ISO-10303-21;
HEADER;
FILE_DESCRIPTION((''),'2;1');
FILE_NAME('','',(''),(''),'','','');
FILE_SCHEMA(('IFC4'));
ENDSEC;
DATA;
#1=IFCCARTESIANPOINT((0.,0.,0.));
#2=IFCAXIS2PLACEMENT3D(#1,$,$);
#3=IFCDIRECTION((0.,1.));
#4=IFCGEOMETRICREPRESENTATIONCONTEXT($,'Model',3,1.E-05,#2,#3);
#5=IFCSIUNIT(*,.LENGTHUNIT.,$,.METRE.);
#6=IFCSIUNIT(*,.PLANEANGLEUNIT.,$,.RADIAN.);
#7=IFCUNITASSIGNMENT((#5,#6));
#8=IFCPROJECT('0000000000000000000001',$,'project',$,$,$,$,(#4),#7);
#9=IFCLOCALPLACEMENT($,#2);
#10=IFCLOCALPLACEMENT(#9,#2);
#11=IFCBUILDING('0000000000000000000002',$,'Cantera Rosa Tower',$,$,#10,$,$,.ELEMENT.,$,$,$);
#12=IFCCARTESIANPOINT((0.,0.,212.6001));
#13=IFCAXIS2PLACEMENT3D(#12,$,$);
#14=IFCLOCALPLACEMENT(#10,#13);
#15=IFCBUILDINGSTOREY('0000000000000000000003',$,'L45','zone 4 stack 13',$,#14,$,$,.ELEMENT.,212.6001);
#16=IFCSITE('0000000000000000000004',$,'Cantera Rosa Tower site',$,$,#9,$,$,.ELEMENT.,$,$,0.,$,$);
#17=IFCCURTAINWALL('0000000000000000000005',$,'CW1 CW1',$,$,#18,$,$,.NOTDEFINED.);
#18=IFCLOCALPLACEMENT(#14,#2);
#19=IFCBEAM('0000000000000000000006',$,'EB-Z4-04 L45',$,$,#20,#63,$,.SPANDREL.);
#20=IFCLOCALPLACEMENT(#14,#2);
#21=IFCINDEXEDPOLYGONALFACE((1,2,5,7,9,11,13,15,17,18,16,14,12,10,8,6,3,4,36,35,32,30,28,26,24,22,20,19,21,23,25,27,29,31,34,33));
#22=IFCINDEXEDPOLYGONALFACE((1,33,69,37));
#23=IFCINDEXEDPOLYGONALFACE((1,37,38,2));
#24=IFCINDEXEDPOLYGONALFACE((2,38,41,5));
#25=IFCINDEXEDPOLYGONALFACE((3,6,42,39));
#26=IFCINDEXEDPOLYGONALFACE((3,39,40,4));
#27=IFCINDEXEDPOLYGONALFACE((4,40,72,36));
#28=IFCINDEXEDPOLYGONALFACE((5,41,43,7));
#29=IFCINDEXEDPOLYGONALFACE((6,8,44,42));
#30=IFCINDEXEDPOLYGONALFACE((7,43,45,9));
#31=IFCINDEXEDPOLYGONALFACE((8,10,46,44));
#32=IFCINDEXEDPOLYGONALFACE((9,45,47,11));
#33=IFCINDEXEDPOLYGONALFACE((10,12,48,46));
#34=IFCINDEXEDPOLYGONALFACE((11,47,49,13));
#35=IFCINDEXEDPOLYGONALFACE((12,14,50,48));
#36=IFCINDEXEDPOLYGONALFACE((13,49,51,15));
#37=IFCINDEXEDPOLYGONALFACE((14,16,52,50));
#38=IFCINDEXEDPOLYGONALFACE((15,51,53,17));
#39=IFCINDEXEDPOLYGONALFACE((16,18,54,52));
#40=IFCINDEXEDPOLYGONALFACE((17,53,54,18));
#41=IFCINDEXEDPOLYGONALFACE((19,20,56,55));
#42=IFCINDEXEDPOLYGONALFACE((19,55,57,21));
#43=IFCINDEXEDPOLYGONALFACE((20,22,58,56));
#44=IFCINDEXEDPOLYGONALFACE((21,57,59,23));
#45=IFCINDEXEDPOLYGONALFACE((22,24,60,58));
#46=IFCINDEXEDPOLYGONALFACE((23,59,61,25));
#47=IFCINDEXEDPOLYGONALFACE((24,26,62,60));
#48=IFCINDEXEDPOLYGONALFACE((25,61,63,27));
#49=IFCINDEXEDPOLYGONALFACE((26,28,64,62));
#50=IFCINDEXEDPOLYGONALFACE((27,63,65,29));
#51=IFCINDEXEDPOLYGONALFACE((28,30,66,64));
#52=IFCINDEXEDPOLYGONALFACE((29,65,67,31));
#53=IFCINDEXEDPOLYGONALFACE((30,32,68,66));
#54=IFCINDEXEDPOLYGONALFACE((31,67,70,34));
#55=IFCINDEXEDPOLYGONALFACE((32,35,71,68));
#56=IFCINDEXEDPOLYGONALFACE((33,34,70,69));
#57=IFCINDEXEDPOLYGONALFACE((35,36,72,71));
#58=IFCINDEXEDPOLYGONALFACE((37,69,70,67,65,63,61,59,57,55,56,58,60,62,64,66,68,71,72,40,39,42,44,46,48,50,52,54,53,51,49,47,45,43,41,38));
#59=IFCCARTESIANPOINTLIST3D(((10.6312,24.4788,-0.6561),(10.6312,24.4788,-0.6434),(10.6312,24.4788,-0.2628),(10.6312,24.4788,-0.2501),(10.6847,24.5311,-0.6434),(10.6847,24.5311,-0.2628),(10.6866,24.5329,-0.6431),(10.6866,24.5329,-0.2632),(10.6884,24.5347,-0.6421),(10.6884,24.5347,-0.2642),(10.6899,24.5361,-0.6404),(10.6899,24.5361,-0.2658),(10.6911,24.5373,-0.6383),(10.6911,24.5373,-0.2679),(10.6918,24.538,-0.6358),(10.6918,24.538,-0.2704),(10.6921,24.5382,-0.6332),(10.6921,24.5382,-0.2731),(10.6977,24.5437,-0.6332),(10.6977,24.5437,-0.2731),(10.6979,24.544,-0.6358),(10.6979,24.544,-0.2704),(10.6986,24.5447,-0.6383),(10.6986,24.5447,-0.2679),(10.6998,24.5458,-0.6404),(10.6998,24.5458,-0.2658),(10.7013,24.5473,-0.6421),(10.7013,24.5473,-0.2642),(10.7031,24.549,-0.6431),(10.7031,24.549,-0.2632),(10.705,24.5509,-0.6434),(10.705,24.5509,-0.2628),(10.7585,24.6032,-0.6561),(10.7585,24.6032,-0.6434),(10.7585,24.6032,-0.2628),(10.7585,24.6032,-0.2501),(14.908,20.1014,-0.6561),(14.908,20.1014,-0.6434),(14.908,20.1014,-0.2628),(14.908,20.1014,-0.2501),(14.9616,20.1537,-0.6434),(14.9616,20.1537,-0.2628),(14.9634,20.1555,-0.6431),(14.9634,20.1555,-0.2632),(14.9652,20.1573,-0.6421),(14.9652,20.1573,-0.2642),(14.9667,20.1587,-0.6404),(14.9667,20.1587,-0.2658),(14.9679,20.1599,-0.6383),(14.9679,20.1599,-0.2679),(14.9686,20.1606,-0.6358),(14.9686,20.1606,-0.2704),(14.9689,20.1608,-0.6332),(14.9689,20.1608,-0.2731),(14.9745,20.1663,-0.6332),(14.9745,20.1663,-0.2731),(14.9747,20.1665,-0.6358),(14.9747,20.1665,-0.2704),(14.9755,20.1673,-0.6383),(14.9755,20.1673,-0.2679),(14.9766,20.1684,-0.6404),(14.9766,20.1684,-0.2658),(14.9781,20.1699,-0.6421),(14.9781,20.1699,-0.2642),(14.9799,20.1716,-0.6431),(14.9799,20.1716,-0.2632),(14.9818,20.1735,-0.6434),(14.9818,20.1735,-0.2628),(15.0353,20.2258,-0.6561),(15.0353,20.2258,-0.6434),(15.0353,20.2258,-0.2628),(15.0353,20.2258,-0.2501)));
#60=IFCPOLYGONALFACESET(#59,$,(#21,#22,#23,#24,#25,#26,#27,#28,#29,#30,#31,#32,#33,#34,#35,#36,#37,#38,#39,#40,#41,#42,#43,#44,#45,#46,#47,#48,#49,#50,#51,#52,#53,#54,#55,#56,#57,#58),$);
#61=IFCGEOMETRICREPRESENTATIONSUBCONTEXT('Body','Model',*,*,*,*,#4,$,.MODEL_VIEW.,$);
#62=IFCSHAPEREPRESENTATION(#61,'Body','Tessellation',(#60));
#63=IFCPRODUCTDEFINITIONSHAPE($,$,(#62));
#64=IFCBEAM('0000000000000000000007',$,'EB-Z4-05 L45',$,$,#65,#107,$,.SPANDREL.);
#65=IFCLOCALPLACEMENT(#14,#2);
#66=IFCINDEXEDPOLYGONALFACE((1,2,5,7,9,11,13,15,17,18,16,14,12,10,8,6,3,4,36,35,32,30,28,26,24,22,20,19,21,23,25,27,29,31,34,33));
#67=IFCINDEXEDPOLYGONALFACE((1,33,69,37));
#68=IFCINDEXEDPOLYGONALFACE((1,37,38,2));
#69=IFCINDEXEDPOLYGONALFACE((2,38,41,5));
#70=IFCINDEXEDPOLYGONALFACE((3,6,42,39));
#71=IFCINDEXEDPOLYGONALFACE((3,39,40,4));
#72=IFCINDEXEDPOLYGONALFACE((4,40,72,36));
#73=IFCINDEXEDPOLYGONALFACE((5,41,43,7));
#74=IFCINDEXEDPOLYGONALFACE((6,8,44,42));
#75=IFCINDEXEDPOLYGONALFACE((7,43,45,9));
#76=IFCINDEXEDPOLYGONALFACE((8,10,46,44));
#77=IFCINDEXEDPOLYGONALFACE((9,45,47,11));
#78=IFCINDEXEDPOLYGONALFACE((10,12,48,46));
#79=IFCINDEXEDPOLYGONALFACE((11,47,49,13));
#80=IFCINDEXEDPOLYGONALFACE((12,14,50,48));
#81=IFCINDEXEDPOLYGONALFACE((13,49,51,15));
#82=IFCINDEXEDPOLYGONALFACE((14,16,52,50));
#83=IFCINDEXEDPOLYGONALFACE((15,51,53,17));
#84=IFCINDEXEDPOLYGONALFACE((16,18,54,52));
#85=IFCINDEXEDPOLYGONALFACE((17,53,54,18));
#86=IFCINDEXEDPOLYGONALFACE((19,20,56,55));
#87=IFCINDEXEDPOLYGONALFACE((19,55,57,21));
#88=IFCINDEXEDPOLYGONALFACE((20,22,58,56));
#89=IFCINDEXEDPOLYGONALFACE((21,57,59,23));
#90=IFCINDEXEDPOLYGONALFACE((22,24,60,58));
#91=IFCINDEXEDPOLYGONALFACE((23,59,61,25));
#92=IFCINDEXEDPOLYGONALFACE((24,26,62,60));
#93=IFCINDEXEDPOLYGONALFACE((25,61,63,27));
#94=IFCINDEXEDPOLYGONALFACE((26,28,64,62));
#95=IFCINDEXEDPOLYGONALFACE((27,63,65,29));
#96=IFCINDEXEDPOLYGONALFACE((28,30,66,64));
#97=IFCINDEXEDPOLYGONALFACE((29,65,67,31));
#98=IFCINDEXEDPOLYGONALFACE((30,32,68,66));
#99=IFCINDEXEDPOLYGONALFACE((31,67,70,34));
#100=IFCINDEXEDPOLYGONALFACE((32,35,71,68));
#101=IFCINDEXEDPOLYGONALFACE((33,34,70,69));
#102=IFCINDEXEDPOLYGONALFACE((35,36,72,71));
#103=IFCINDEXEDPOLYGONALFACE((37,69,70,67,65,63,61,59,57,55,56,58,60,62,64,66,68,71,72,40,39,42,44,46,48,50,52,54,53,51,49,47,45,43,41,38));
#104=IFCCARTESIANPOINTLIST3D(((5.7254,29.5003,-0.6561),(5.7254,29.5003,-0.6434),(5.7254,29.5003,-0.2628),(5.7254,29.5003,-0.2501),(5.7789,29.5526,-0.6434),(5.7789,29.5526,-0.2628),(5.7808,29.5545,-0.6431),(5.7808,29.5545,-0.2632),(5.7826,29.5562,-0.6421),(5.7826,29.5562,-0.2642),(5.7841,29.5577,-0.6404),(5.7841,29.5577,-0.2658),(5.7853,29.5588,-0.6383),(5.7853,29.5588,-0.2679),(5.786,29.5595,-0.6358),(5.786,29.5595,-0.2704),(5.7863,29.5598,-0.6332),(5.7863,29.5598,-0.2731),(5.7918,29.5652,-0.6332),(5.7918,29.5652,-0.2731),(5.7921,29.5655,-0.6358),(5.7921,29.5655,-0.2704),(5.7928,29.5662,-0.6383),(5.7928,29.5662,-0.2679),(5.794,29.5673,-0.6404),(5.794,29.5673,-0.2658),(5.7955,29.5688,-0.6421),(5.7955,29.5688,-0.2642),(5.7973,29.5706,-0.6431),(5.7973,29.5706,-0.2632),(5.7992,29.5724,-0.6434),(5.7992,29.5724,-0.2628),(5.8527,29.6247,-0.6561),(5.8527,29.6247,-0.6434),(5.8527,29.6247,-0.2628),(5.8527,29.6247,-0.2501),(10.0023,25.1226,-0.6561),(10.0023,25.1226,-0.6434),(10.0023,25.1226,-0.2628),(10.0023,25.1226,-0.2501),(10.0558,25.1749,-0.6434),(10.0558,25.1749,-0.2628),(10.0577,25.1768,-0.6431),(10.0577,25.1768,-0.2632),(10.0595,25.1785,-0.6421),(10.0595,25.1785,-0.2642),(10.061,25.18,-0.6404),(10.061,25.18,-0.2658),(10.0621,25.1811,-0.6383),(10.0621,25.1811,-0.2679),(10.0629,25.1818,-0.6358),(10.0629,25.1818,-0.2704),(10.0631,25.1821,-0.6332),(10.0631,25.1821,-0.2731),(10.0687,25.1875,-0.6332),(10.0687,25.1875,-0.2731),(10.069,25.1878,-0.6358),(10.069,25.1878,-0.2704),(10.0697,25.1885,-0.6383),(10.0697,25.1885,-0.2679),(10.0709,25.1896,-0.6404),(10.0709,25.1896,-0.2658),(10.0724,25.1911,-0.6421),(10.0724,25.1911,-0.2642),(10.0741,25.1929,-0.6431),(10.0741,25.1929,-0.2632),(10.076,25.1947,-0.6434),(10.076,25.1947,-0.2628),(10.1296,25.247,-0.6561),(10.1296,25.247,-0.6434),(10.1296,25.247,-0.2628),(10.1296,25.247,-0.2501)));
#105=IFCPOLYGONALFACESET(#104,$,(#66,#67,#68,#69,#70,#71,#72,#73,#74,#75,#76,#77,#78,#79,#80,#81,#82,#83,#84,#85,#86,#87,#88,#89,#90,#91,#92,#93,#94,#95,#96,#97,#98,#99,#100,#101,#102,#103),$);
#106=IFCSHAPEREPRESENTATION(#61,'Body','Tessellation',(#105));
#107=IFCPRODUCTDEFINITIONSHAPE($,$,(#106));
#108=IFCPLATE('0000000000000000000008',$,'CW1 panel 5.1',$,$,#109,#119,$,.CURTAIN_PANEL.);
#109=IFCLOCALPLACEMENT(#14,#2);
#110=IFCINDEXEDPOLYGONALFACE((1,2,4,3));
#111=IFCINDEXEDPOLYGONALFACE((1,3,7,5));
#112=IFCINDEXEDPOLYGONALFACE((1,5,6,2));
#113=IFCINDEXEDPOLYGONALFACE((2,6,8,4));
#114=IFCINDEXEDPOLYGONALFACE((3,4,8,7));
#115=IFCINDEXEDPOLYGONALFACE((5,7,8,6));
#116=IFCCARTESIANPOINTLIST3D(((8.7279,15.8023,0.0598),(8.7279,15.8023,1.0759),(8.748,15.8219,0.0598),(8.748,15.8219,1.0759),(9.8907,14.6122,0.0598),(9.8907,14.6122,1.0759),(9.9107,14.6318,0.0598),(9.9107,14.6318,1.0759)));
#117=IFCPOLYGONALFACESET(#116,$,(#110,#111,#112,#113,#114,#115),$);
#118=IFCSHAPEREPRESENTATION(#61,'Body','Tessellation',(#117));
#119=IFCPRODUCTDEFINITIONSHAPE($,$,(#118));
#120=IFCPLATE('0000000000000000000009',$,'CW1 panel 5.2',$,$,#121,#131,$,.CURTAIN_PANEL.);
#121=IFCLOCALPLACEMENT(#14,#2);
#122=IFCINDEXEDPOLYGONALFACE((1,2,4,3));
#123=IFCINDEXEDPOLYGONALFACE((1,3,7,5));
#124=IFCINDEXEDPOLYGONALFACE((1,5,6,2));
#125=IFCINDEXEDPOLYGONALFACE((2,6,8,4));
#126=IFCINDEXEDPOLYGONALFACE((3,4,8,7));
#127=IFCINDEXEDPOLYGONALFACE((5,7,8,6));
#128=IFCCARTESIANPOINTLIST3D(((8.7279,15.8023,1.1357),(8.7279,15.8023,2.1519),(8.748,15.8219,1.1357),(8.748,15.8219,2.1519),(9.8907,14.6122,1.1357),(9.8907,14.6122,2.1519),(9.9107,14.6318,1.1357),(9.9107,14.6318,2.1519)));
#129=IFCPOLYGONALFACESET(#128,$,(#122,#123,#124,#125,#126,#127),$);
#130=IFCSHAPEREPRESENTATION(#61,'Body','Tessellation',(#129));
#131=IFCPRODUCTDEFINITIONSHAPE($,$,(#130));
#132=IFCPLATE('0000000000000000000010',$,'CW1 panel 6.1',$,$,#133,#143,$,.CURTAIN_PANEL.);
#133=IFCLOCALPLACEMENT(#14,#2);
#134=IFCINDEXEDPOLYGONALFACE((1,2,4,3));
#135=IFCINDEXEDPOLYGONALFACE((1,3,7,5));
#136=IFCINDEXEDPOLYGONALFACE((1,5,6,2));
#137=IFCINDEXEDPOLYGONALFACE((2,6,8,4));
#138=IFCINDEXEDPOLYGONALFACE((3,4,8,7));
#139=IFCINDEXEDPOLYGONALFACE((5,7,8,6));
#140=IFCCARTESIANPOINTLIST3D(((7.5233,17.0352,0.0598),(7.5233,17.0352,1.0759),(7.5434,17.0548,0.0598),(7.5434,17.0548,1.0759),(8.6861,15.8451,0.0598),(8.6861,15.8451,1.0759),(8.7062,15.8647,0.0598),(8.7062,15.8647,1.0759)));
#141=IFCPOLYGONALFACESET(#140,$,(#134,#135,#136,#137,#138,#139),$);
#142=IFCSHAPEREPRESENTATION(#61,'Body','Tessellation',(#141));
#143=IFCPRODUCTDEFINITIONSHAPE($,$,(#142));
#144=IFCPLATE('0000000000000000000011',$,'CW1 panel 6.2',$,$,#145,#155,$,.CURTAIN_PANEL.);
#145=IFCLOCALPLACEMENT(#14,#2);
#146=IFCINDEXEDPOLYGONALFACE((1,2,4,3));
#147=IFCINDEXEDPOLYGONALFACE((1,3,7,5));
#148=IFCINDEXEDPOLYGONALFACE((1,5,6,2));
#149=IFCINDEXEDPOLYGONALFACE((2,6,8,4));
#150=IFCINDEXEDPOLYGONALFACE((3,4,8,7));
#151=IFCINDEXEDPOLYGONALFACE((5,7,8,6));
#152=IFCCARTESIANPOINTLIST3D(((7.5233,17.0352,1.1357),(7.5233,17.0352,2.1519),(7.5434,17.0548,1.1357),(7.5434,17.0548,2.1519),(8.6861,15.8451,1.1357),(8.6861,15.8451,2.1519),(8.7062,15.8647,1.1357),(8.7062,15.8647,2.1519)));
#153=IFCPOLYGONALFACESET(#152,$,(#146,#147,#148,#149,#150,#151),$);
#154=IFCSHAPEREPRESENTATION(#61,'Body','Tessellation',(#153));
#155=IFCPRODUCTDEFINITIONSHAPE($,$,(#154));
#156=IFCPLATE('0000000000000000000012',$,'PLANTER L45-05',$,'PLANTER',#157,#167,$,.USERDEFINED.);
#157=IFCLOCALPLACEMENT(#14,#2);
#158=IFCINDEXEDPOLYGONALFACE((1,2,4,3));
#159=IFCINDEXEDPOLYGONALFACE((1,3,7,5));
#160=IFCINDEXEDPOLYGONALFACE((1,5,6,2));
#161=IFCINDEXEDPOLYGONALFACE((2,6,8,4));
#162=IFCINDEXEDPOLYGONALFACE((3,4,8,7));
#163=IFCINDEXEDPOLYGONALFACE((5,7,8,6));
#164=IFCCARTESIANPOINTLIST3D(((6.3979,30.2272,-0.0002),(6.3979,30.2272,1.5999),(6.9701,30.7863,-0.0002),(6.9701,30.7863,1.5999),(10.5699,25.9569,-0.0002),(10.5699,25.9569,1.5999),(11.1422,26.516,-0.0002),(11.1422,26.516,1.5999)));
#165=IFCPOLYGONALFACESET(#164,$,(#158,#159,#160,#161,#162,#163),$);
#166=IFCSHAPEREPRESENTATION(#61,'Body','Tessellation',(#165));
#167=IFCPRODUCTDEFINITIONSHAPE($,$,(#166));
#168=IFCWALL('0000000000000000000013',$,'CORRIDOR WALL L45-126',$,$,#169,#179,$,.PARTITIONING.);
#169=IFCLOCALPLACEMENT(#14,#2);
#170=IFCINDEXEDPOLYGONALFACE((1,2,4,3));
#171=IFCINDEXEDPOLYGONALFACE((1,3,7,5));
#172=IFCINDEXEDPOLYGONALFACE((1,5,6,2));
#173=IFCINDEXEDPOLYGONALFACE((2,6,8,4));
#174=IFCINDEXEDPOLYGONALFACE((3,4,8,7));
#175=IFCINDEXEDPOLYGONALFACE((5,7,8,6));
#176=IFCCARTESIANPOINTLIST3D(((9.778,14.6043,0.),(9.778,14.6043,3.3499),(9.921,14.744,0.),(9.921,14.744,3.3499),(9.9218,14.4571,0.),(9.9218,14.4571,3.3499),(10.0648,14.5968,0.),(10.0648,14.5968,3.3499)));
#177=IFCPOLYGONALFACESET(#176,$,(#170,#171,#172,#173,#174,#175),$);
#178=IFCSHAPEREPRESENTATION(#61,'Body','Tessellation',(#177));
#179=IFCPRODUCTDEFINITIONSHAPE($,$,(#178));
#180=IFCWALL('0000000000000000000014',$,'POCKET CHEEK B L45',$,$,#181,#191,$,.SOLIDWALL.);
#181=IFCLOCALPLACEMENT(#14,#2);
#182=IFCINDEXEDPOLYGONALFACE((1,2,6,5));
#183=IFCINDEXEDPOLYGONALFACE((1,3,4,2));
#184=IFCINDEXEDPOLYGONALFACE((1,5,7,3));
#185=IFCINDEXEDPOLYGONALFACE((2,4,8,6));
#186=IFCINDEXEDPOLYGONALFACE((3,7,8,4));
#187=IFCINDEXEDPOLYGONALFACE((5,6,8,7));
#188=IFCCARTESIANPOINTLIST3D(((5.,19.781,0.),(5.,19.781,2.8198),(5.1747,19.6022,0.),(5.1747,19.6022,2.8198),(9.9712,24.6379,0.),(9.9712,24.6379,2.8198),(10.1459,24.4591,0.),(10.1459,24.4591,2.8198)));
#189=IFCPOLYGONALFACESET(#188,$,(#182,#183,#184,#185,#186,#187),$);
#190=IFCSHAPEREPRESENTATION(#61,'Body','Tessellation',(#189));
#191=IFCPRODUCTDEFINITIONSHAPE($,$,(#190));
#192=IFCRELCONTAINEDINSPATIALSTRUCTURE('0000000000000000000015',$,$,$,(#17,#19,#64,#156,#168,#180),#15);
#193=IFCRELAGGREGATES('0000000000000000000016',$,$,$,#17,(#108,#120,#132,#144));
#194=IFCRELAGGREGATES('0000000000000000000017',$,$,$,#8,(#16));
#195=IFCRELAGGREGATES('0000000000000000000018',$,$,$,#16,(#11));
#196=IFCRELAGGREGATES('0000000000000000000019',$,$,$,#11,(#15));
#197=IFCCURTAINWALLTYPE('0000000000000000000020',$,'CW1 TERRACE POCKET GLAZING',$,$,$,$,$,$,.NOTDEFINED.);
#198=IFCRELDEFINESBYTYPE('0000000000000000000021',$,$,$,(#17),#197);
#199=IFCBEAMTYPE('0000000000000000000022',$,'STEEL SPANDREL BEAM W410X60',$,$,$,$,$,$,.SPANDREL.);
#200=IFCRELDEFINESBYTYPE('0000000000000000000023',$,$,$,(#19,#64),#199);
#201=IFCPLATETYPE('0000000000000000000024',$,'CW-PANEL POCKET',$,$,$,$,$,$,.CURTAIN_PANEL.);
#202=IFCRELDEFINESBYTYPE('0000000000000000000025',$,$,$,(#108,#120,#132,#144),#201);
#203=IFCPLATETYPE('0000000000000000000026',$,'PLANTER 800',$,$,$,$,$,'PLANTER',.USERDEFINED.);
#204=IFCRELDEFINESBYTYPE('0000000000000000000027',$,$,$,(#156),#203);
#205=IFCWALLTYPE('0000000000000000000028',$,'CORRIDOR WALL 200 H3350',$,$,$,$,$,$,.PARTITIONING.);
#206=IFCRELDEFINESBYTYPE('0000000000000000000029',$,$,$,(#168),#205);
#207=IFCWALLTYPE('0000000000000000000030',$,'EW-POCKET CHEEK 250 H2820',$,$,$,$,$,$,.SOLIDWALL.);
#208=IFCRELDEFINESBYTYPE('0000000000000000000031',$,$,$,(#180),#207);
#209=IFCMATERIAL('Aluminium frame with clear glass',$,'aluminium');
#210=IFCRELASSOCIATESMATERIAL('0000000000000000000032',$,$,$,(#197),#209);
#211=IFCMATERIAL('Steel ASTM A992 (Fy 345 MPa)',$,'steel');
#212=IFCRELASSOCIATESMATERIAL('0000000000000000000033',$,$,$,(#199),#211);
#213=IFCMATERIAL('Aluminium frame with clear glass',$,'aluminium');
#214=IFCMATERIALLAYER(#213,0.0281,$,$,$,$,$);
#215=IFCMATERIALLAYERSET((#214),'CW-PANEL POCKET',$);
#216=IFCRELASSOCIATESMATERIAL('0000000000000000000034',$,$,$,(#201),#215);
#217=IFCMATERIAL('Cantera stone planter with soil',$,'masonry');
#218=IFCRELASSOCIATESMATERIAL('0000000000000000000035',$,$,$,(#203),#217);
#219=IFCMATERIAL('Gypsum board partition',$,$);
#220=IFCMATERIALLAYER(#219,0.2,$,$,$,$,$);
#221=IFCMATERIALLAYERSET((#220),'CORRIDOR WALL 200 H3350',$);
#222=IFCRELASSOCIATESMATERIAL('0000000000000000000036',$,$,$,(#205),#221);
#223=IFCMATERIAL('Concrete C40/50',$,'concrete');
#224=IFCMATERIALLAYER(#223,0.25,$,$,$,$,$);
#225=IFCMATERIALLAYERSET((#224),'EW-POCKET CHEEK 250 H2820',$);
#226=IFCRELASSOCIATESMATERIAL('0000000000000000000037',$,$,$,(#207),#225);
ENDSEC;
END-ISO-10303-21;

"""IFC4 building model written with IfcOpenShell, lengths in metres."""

from ifc_helpers import new_model, si_unit, direction, frame, frame_2d, origin, origin_2d, place, context, subcontext, project, spatial, rectangle, i_section, extrude, material, layer, layer_set, material_profile, profile_set, type_object, element, aggregate, save


model = new_model("IFC4")

# Units and contexts
model_context = context("Model", 3, precision=1e-05, world=origin(), true_north=direction((0.0, 1.0)))
body_context = subcontext(model_context, "Body", "Model", "MODEL_VIEW")
ifc_project = project(units=[si_unit("LENGTHUNIT", "METRE"), si_unit("PLANEANGLEUNIT", "RADIAN")], contexts=[model_context])

# Site, building, storey
site_placement = place(None, origin())
site = spatial("IfcSite", under=ifc_project, at=site_placement, Name="Cantera Rosa Tower site", CompositionType="ELEMENT", RefElevation=0.0)
building_placement = place(site_placement, origin())
building = spatial("IfcBuilding", under=site, at=building_placement, Name="Cantera Rosa Tower", CompositionType="ELEMENT")
storey_placement = place(building_placement, frame((0.0, 0.0, 212.6001)))
storey = spatial("IfcBuildingStorey", under=building, at=storey_placement, Name="L45", Description="zone 4 stack 13", CompositionType="ELEMENT", Elevation=212.6001)

# Curtain wall
ifc_material_1 = material(Name="Aluminium frame with clear glass", Category="aluminium")
curtain_wall_type = type_object("IfcCurtainWallType", Name="CW1 TERRACE POCKET GLAZING", PredefinedType="NOTDEFINED", material=ifc_material_1)
curtain_wall_placement = place(storey_placement, origin())
curtain_wall = element("IfcCurtainWall", 1, at=curtain_wall_placement, inside=storey, type_object=curtain_wall_type, Name="CW1 CW1", PredefinedType="NOTDEFINED")

# Beams
ifc_material_2 = material(Name="Steel ASTM A992 (Fy 345 MPa)", Category="steel")
ifc_material_profile_1 = material_profile(ifc_material_2, i_section(OverallWidth=0.178, OverallDepth=0.406, WebThickness=0.0078, FlangeThickness=0.0127, FilletRadius=0.0103, at=origin_2d()), Name="W410X60")
ifc_profile_set_1 = profile_set([ifc_material_profile_1], Name="Steel ASTM A992 (Fy 345 MPa)")
beam_type_1 = type_object("IfcBeamType", Name="STEEL SPANDREL BEAM W410X60", PredefinedType="SPANDREL", material=ifc_profile_set_1)
for number, where, z_axis, x_axis, name in (
    (2, (14.9717, 20.1636, -0.4531), (-0.698841, 0.715277, 0.0), (-0.715277, -0.698841, 0.0), "EB-Z4-04 L45"),
):
    element("IfcBeam", number, at=place(storey_placement, frame(where, z_axis=z_axis, x_axis=x_axis)), inside=storey, type_object=beam_type_1, Name=name, PredefinedType="SPANDREL", context=body_context, shape_type="SweptSolid", body=[
        extrude(i_section(OverallWidth=0.178, OverallDepth=0.406, WebThickness=0.0078, FlangeThickness=0.0127, FilletRadius=0.0103, at=origin_2d()), origin(), (0.0, 0.0, 1.0), 6.1199),
    ])
beam_1_placement = place(storey_placement, frame((10.0659, 25.1848, -0.4531), z_axis=(-0.698821, 0.715296, 0.0), x_axis=(-0.715296, -0.698821, 0.0)))
element("IfcBeam", 3, at=beam_1_placement, inside=storey, type_object=beam_type_1, Name="EB-Z4-05 L45", PredefinedType="SPANDREL", context=body_context, shape_type="SweptSolid", body=[
    extrude(i_section(OverallWidth=0.178, OverallDepth=0.406, WebThickness=0.0078, FlangeThickness=0.0127, FilletRadius=0.0103, at=origin_2d()), origin(), (0.0, 0.0, 1.0), 6.1201),
])

# Plates
ifc_material_3 = material(Name="Aluminium frame with clear glass", Category="aluminium")
ifc_layer_1 = layer(ifc_material_3, 0.0281)
ifc_layer_set_1 = layer_set([ifc_layer_1], Name="CW-PANEL POCKET")
plate_type_1 = type_object("IfcPlateType", Name="CW-PANEL POCKET", PredefinedType="CURTAIN_PANEL", material=ifc_layer_set_1)
plate_1_placement = place(storey_placement, frame((9.3193, 15.217, 0.0598), z_axis=(0.0, 0.0, 1.0), x_axis=(-0.698832, 0.715286, 0.0)))
plate_1 = element("IfcPlate", 4, at=plate_1_placement, type_object=plate_type_1, Name="CW1 panel 5.1", PredefinedType="CURTAIN_PANEL", context=body_context, shape_type="SweptSolid", body=[
    extrude(rectangle(XDim=1.6638, YDim=0.0281, at=origin_2d()), origin(), (0.0, 0.0, 1.0), 1.0161),
])
plate_2_placement = place(storey_placement, frame((9.3193, 15.217, 1.1357), z_axis=(0.0, 0.0, 1.0), x_axis=(-0.698832, 0.715286, 0.0)))
plate_2 = element("IfcPlate", 5, at=plate_2_placement, type_object=plate_type_1, Name="CW1 panel 5.2", PredefinedType="CURTAIN_PANEL", context=body_context, shape_type="SweptSolid", body=[
    extrude(rectangle(XDim=1.6638, YDim=0.0281, at=origin_2d()), origin(), (0.0, 0.0, 1.0), 1.0161),
])
plate_3_placement = place(storey_placement, frame((8.1147, 16.45, 0.0598), z_axis=(0.0, 0.0, 1.0), x_axis=(-0.698832, 0.715286, 0.0)))
plate_3 = element("IfcPlate", 6, at=plate_3_placement, type_object=plate_type_1, Name="CW1 panel 6.1", PredefinedType="CURTAIN_PANEL", context=body_context, shape_type="SweptSolid", body=[
    extrude(rectangle(XDim=1.6638, YDim=0.0281, at=origin_2d()), origin(), (0.0, 0.0, 1.0), 1.0161),
])
plate_4_placement = place(storey_placement, frame((8.1147, 16.45, 1.1357), z_axis=(0.0, 0.0, 1.0), x_axis=(-0.698832, 0.715286, 0.0)))
plate_4 = element("IfcPlate", 7, at=plate_4_placement, type_object=plate_type_1, Name="CW1 panel 6.2", PredefinedType="CURTAIN_PANEL", context=body_context, shape_type="SweptSolid", body=[
    extrude(rectangle(XDim=1.6638, YDim=0.0281, at=origin_2d()), origin(), (0.0, 0.0, 1.0), 1.0161),
])
aggregate(curtain_wall, [plate_1, plate_2, plate_3, plate_4])
ifc_material_4 = material(Name="Cantera stone planter with soil", Category="masonry")
plate_type_2 = type_object("IfcPlateType", Name="PLANTER 800", ElementType="PLANTER", PredefinedType="USERDEFINED", material=ifc_material_4)
plate_5_placement = place(storey_placement, frame((8.77, 28.3716, -0.0002), z_axis=(0.0, 0.0, 1.0), x_axis=(-0.698832, 0.715286, 0.0)))
element("IfcPlate", 8, at=plate_5_placement, inside=storey, type_object=plate_type_2, Name="PLANTER L45-05", ObjectType="PLANTER", PredefinedType="USERDEFINED", context=body_context, shape_type="SweptSolid", body=[
    extrude(rectangle(XDim=5.97, YDim=0.8, at=origin_2d()), origin(), (0.0, 0.0, 1.0), 1.6001),
])

# Wall
ifc_material_5 = material(Name="Gypsum board partition")
ifc_layer_2 = layer(ifc_material_5, 0.2)
ifc_layer_set_2 = layer_set([ifc_layer_2], Name="CORRIDOR WALL 200 H3350")
wall_type_1 = type_object("IfcWallType", Name="CORRIDOR WALL 200 H3350", PredefinedType="PARTITIONING", material=ifc_layer_set_2)
wall_1_placement = place(storey_placement, frame((9.9934, 14.5269, 0.0), z_axis=(0.0, 0.0, 1.0), x_axis=(-0.698754, 0.715362, 0.0)))
element("IfcWall", 9, at=wall_1_placement, inside=storey, type_object=wall_type_1, Name="CORRIDOR WALL L45-126", PredefinedType="PARTITIONING", context=body_context, shape_type="SweptSolid", body=[
    extrude(rectangle(XDim=0.2058, YDim=0.2, at=frame_2d((0.103, 0.0))), origin(), (0.0, 0.0, 1.0), 3.3499),
])

# Wall
ifc_material_6 = material(Name="Concrete C40/50", Category="concrete")
ifc_layer_3 = layer(ifc_material_6, 0.25)
ifc_layer_set_3 = layer_set([ifc_layer_3], Name="EW-POCKET CHEEK 250 H2820")
wall_type_2 = type_object("IfcWallType", Name="EW-POCKET CHEEK 250 H2820", PredefinedType="SOLIDWALL", material=ifc_layer_set_3)
wall_2_placement = place(storey_placement, frame((10.0586, 24.5486, 0.0), z_axis=(0.0, 0.0, 1.0), x_axis=(-0.715279, -0.698839, 0.0)))
element("IfcWall", 10, at=wall_2_placement, inside=storey, type_object=wall_type_2, Name="POCKET CHEEK B L45", PredefinedType="SOLIDWALL", context=body_context, shape_type="SweptSolid", body=[
    extrude(rectangle(XDim=6.95, YDim=0.25, at=frame_2d((3.4751, 0.0))), origin(), (0.0, 0.0, 1.0), 2.8198),
])

save(model, "model.ifc")
